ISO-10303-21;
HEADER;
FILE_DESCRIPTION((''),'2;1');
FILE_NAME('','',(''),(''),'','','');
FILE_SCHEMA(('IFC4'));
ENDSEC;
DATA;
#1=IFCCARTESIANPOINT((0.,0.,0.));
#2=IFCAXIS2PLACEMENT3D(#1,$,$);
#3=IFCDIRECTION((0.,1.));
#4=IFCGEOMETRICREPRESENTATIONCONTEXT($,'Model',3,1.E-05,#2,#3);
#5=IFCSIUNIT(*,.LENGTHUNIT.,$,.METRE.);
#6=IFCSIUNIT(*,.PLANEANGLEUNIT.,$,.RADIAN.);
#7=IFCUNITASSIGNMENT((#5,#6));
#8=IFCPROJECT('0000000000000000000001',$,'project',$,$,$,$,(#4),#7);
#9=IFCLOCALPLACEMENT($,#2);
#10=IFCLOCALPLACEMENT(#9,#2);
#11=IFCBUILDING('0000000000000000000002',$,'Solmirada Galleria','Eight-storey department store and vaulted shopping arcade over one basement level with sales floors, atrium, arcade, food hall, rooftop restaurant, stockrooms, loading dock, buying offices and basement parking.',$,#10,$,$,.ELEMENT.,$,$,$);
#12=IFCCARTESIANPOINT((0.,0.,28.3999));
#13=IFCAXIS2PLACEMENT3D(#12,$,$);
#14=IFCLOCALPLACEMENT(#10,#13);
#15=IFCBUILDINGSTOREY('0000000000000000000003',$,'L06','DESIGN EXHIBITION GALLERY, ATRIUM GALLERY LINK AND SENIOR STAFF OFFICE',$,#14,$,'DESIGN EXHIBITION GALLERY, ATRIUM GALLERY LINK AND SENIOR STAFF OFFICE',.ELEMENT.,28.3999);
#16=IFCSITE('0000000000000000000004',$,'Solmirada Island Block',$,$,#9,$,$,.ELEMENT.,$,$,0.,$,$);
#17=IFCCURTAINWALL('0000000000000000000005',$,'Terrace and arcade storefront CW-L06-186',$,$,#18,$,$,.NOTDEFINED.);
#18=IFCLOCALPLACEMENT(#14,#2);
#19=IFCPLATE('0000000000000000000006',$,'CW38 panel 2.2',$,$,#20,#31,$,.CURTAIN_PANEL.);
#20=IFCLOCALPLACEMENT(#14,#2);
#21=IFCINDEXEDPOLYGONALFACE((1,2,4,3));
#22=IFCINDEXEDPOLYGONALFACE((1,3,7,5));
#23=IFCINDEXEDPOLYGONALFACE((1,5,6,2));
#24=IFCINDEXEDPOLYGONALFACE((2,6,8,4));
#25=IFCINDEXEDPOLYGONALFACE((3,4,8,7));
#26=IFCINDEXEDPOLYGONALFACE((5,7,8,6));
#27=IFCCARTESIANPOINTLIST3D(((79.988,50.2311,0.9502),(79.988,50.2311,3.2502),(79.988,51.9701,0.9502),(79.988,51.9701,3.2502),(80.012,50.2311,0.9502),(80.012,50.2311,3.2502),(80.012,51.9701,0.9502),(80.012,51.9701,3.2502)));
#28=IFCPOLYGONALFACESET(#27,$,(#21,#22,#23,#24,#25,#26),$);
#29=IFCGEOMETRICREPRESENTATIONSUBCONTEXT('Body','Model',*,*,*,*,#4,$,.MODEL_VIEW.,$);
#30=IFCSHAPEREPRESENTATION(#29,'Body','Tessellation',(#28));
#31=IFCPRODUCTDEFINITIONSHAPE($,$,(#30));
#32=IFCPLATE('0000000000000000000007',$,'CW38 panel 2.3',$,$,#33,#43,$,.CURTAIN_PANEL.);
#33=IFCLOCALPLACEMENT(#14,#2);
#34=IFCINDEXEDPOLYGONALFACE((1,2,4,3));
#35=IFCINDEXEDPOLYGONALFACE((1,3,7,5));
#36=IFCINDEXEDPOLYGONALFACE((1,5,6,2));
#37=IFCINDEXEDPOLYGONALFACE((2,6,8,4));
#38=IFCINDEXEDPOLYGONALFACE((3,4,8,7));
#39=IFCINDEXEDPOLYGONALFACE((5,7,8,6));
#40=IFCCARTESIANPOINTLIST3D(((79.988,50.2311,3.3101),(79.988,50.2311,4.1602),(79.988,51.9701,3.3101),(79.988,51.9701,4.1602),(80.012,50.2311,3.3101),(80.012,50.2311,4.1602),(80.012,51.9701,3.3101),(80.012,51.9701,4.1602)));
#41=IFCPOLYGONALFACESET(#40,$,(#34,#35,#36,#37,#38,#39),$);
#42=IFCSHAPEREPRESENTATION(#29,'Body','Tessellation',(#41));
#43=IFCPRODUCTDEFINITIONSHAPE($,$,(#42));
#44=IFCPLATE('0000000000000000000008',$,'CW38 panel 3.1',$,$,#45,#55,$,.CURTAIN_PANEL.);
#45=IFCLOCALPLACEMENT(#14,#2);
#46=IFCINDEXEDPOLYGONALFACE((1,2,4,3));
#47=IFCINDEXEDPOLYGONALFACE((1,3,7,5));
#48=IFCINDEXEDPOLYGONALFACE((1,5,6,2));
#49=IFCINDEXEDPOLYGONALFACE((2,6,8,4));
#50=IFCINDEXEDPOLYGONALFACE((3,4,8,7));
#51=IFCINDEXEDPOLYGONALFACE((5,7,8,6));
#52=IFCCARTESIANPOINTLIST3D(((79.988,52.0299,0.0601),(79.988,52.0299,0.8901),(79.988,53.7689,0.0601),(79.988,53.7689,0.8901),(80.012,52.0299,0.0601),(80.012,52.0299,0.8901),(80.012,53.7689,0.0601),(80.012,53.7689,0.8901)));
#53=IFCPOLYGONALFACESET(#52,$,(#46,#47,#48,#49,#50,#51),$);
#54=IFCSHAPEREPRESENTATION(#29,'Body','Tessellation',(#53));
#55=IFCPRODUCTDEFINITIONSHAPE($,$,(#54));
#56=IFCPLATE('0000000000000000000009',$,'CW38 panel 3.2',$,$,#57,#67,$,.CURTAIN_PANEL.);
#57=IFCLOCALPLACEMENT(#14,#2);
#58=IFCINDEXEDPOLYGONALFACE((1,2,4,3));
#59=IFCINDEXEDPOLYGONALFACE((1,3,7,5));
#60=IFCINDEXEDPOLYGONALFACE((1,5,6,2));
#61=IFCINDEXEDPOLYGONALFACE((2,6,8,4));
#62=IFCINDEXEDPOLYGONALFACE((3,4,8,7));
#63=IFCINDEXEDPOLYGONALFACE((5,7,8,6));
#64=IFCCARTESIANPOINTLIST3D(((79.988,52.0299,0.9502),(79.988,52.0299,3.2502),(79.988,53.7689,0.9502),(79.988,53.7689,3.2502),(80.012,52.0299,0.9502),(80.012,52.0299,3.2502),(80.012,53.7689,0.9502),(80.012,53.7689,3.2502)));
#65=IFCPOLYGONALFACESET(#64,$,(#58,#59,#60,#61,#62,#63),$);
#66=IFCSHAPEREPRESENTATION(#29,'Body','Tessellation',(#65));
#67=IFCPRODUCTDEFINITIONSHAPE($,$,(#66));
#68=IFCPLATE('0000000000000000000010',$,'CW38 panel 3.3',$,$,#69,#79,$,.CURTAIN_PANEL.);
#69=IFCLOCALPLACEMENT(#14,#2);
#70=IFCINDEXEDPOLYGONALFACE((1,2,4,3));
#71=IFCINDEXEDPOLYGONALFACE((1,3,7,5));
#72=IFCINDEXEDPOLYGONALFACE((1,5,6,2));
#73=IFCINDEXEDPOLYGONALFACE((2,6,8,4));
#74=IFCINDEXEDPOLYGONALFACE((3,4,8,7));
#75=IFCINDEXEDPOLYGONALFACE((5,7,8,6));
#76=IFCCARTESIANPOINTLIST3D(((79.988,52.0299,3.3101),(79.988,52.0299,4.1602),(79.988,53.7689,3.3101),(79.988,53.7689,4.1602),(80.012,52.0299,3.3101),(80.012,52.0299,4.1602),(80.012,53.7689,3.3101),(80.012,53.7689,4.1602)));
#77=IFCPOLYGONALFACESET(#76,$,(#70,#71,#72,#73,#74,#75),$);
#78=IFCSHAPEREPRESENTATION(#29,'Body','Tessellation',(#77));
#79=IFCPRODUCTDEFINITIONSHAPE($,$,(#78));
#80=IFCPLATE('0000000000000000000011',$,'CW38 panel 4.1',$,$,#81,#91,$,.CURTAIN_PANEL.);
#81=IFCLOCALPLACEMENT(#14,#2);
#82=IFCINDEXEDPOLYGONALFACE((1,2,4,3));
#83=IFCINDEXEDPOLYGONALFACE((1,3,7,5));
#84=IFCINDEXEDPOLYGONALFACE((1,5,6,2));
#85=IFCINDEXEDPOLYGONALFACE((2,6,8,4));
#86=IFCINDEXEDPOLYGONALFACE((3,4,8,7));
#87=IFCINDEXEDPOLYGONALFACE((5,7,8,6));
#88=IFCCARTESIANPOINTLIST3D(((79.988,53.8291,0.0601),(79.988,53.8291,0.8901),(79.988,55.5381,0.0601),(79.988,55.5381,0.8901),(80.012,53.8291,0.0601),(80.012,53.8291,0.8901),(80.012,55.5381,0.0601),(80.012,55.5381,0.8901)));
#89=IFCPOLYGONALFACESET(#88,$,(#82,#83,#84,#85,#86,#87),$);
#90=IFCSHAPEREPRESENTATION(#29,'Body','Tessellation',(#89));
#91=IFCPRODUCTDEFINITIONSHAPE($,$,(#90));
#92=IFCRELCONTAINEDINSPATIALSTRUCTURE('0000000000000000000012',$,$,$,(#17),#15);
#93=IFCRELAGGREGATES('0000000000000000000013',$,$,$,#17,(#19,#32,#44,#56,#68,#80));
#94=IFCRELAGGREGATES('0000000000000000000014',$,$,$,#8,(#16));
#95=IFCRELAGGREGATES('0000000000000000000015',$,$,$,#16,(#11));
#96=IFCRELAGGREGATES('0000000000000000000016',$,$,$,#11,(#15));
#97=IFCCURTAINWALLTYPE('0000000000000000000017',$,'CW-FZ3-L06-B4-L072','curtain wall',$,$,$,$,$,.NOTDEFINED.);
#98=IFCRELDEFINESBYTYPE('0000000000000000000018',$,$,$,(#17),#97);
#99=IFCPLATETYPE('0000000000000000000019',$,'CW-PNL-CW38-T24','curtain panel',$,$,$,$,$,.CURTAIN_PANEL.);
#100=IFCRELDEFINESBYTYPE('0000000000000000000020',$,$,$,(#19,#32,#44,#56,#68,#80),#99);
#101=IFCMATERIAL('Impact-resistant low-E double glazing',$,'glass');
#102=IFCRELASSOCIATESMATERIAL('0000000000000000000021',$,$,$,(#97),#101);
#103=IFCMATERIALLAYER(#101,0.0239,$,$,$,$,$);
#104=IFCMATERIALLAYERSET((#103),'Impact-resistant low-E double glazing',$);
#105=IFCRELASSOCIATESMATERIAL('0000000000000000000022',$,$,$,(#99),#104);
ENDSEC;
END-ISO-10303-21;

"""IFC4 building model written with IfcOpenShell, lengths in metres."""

from ifc_helpers import new_model, si_unit, direction, frame, origin, origin_2d, place, context, subcontext, project, spatial, rectangle, extrude, material, layer, layer_set, type_object, element, aggregate, save


model = new_model("IFC4")

# Units and contexts
model_context = context("Model", 3, precision=1e-05, world=origin(), true_north=direction((0.0, 1.0)))
body_context = subcontext(model_context, "Body", "Model", "MODEL_VIEW")
ifc_project = project(units=[si_unit("LENGTHUNIT", "METRE"), si_unit("PLANEANGLEUNIT", "RADIAN")], contexts=[model_context])

# Site, building, storey
site_placement = place(None, origin())
site = spatial("IfcSite", under=ifc_project, at=site_placement, Name="Solmirada Island Block", CompositionType="ELEMENT", RefElevation=0.0)
building_placement = place(site_placement, origin())
building = spatial("IfcBuilding", under=site, at=building_placement, Name="Solmirada Galleria", Description="Eight-storey department store and vaulted shopping arcade over one basement level with sales floors, atrium, arcade, food hall, rooftop restaurant, stockrooms, loading dock, buying offices and basement parking.", CompositionType="ELEMENT")
storey_placement = place(building_placement, frame((0.0, 0.0, 28.3999)))
storey = spatial("IfcBuildingStorey", under=building, at=storey_placement, Name="L06", Description="DESIGN EXHIBITION GALLERY, ATRIUM GALLERY LINK AND SENIOR STAFF OFFICE", LongName="DESIGN EXHIBITION GALLERY, ATRIUM GALLERY LINK AND SENIOR STAFF OFFICE", CompositionType="ELEMENT", Elevation=28.3999)

# Curtain wall, plates
ifc_material_1 = material(Name="Impact-resistant low-E double glazing", Category="glass")
curtain_wall_type = type_object("IfcCurtainWallType", Name="CW-FZ3-L06-B4-L072", Description="curtain wall", PredefinedType="NOTDEFINED", material=ifc_material_1)
curtain_wall_placement = place(storey_placement, origin())
curtain_wall = element("IfcCurtainWall", 1, at=curtain_wall_placement, inside=storey, type_object=curtain_wall_type, Name="Terrace and arcade storefront CW-L06-186", PredefinedType="NOTDEFINED")
ifc_layer = layer(ifc_material_1, 0.0239)
ifc_layer_set = layer_set([ifc_layer], Name="Impact-resistant low-E double glazing")
plate_type = type_object("IfcPlateType", Name="CW-PNL-CW38-T24", Description="curtain panel", PredefinedType="CURTAIN_PANEL", material=ifc_layer_set)
plate_1_placement = place(storey_placement, frame((80.0, 51.1006, 0.9502), z_axis=(0.0, 0.0, 1.0), x_axis=(0.0, 1.0, 0.0)))
plate_1 = element("IfcPlate", 2, at=plate_1_placement, type_object=plate_type, Name="CW38 panel 2.2", PredefinedType="CURTAIN_PANEL", context=body_context, shape_type="SweptSolid", body=[
    extrude(rectangle(XDim=1.739, YDim=0.0239, at=origin_2d()), origin(), (0.0, 0.0, 1.0), 2.3),
])
plate_2_placement = place(storey_placement, frame((80.0, 51.1006, 3.3101), z_axis=(0.0, 0.0, 1.0), x_axis=(0.0, 1.0, 0.0)))
plate_2 = element("IfcPlate", 3, at=plate_2_placement, type_object=plate_type, Name="CW38 panel 2.3", PredefinedType="CURTAIN_PANEL", context=body_context, shape_type="SweptSolid", body=[
    extrude(rectangle(XDim=1.739, YDim=0.0239, at=origin_2d()), origin(), (0.0, 0.0, 1.0), 0.8501),
])
plate_3_placement = place(storey_placement, frame((80.0, 52.8994, 0.0601), z_axis=(0.0, 0.0, 1.0), x_axis=(0.0, 1.0, 0.0)))
plate_3 = element("IfcPlate", 4, at=plate_3_placement, type_object=plate_type, Name="CW38 panel 3.1", PredefinedType="CURTAIN_PANEL", context=body_context, shape_type="SweptSolid", body=[
    extrude(rectangle(XDim=1.739, YDim=0.0239, at=origin_2d()), origin(), (0.0, 0.0, 1.0), 0.8301),
])
plate_4_placement = place(storey_placement, frame((80.0, 52.8994, 0.9502), z_axis=(0.0, 0.0, 1.0), x_axis=(0.0, 1.0, 0.0)))
plate_4 = element("IfcPlate", 5, at=plate_4_placement, type_object=plate_type, Name="CW38 panel 3.2", PredefinedType="CURTAIN_PANEL", context=body_context, shape_type="SweptSolid", body=[
    extrude(rectangle(XDim=1.739, YDim=0.0239, at=origin_2d()), origin(), (0.0, 0.0, 1.0), 2.3),
])
plate_5_placement = place(storey_placement, frame((80.0, 52.8994, 3.3101), z_axis=(0.0, 0.0, 1.0), x_axis=(0.0, 1.0, 0.0)))
plate_5 = element("IfcPlate", 6, at=plate_5_placement, type_object=plate_type, Name="CW38 panel 3.3", PredefinedType="CURTAIN_PANEL", context=body_context, shape_type="SweptSolid", body=[
    extrude(rectangle(XDim=1.739, YDim=0.0239, at=origin_2d()), origin(), (0.0, 0.0, 1.0), 0.8501),
])
plate_6_placement = place(storey_placement, frame((80.0, 54.6836, 0.0601), z_axis=(0.0, 0.0, 1.0), x_axis=(0.0, 1.0, 0.0)))
plate_6 = element("IfcPlate", 7, at=plate_6_placement, type_object=plate_type, Name="CW38 panel 4.1", PredefinedType="CURTAIN_PANEL", context=body_context, shape_type="SweptSolid", body=[
    extrude(rectangle(XDim=1.709, YDim=0.0239, at=origin_2d()), origin(), (0.0, 0.0, 1.0), 0.8301),
])
aggregate(curtain_wall, [plate_1, plate_2, plate_3, plate_4, plate_5, plate_6])

save(model, "model.ifc")
